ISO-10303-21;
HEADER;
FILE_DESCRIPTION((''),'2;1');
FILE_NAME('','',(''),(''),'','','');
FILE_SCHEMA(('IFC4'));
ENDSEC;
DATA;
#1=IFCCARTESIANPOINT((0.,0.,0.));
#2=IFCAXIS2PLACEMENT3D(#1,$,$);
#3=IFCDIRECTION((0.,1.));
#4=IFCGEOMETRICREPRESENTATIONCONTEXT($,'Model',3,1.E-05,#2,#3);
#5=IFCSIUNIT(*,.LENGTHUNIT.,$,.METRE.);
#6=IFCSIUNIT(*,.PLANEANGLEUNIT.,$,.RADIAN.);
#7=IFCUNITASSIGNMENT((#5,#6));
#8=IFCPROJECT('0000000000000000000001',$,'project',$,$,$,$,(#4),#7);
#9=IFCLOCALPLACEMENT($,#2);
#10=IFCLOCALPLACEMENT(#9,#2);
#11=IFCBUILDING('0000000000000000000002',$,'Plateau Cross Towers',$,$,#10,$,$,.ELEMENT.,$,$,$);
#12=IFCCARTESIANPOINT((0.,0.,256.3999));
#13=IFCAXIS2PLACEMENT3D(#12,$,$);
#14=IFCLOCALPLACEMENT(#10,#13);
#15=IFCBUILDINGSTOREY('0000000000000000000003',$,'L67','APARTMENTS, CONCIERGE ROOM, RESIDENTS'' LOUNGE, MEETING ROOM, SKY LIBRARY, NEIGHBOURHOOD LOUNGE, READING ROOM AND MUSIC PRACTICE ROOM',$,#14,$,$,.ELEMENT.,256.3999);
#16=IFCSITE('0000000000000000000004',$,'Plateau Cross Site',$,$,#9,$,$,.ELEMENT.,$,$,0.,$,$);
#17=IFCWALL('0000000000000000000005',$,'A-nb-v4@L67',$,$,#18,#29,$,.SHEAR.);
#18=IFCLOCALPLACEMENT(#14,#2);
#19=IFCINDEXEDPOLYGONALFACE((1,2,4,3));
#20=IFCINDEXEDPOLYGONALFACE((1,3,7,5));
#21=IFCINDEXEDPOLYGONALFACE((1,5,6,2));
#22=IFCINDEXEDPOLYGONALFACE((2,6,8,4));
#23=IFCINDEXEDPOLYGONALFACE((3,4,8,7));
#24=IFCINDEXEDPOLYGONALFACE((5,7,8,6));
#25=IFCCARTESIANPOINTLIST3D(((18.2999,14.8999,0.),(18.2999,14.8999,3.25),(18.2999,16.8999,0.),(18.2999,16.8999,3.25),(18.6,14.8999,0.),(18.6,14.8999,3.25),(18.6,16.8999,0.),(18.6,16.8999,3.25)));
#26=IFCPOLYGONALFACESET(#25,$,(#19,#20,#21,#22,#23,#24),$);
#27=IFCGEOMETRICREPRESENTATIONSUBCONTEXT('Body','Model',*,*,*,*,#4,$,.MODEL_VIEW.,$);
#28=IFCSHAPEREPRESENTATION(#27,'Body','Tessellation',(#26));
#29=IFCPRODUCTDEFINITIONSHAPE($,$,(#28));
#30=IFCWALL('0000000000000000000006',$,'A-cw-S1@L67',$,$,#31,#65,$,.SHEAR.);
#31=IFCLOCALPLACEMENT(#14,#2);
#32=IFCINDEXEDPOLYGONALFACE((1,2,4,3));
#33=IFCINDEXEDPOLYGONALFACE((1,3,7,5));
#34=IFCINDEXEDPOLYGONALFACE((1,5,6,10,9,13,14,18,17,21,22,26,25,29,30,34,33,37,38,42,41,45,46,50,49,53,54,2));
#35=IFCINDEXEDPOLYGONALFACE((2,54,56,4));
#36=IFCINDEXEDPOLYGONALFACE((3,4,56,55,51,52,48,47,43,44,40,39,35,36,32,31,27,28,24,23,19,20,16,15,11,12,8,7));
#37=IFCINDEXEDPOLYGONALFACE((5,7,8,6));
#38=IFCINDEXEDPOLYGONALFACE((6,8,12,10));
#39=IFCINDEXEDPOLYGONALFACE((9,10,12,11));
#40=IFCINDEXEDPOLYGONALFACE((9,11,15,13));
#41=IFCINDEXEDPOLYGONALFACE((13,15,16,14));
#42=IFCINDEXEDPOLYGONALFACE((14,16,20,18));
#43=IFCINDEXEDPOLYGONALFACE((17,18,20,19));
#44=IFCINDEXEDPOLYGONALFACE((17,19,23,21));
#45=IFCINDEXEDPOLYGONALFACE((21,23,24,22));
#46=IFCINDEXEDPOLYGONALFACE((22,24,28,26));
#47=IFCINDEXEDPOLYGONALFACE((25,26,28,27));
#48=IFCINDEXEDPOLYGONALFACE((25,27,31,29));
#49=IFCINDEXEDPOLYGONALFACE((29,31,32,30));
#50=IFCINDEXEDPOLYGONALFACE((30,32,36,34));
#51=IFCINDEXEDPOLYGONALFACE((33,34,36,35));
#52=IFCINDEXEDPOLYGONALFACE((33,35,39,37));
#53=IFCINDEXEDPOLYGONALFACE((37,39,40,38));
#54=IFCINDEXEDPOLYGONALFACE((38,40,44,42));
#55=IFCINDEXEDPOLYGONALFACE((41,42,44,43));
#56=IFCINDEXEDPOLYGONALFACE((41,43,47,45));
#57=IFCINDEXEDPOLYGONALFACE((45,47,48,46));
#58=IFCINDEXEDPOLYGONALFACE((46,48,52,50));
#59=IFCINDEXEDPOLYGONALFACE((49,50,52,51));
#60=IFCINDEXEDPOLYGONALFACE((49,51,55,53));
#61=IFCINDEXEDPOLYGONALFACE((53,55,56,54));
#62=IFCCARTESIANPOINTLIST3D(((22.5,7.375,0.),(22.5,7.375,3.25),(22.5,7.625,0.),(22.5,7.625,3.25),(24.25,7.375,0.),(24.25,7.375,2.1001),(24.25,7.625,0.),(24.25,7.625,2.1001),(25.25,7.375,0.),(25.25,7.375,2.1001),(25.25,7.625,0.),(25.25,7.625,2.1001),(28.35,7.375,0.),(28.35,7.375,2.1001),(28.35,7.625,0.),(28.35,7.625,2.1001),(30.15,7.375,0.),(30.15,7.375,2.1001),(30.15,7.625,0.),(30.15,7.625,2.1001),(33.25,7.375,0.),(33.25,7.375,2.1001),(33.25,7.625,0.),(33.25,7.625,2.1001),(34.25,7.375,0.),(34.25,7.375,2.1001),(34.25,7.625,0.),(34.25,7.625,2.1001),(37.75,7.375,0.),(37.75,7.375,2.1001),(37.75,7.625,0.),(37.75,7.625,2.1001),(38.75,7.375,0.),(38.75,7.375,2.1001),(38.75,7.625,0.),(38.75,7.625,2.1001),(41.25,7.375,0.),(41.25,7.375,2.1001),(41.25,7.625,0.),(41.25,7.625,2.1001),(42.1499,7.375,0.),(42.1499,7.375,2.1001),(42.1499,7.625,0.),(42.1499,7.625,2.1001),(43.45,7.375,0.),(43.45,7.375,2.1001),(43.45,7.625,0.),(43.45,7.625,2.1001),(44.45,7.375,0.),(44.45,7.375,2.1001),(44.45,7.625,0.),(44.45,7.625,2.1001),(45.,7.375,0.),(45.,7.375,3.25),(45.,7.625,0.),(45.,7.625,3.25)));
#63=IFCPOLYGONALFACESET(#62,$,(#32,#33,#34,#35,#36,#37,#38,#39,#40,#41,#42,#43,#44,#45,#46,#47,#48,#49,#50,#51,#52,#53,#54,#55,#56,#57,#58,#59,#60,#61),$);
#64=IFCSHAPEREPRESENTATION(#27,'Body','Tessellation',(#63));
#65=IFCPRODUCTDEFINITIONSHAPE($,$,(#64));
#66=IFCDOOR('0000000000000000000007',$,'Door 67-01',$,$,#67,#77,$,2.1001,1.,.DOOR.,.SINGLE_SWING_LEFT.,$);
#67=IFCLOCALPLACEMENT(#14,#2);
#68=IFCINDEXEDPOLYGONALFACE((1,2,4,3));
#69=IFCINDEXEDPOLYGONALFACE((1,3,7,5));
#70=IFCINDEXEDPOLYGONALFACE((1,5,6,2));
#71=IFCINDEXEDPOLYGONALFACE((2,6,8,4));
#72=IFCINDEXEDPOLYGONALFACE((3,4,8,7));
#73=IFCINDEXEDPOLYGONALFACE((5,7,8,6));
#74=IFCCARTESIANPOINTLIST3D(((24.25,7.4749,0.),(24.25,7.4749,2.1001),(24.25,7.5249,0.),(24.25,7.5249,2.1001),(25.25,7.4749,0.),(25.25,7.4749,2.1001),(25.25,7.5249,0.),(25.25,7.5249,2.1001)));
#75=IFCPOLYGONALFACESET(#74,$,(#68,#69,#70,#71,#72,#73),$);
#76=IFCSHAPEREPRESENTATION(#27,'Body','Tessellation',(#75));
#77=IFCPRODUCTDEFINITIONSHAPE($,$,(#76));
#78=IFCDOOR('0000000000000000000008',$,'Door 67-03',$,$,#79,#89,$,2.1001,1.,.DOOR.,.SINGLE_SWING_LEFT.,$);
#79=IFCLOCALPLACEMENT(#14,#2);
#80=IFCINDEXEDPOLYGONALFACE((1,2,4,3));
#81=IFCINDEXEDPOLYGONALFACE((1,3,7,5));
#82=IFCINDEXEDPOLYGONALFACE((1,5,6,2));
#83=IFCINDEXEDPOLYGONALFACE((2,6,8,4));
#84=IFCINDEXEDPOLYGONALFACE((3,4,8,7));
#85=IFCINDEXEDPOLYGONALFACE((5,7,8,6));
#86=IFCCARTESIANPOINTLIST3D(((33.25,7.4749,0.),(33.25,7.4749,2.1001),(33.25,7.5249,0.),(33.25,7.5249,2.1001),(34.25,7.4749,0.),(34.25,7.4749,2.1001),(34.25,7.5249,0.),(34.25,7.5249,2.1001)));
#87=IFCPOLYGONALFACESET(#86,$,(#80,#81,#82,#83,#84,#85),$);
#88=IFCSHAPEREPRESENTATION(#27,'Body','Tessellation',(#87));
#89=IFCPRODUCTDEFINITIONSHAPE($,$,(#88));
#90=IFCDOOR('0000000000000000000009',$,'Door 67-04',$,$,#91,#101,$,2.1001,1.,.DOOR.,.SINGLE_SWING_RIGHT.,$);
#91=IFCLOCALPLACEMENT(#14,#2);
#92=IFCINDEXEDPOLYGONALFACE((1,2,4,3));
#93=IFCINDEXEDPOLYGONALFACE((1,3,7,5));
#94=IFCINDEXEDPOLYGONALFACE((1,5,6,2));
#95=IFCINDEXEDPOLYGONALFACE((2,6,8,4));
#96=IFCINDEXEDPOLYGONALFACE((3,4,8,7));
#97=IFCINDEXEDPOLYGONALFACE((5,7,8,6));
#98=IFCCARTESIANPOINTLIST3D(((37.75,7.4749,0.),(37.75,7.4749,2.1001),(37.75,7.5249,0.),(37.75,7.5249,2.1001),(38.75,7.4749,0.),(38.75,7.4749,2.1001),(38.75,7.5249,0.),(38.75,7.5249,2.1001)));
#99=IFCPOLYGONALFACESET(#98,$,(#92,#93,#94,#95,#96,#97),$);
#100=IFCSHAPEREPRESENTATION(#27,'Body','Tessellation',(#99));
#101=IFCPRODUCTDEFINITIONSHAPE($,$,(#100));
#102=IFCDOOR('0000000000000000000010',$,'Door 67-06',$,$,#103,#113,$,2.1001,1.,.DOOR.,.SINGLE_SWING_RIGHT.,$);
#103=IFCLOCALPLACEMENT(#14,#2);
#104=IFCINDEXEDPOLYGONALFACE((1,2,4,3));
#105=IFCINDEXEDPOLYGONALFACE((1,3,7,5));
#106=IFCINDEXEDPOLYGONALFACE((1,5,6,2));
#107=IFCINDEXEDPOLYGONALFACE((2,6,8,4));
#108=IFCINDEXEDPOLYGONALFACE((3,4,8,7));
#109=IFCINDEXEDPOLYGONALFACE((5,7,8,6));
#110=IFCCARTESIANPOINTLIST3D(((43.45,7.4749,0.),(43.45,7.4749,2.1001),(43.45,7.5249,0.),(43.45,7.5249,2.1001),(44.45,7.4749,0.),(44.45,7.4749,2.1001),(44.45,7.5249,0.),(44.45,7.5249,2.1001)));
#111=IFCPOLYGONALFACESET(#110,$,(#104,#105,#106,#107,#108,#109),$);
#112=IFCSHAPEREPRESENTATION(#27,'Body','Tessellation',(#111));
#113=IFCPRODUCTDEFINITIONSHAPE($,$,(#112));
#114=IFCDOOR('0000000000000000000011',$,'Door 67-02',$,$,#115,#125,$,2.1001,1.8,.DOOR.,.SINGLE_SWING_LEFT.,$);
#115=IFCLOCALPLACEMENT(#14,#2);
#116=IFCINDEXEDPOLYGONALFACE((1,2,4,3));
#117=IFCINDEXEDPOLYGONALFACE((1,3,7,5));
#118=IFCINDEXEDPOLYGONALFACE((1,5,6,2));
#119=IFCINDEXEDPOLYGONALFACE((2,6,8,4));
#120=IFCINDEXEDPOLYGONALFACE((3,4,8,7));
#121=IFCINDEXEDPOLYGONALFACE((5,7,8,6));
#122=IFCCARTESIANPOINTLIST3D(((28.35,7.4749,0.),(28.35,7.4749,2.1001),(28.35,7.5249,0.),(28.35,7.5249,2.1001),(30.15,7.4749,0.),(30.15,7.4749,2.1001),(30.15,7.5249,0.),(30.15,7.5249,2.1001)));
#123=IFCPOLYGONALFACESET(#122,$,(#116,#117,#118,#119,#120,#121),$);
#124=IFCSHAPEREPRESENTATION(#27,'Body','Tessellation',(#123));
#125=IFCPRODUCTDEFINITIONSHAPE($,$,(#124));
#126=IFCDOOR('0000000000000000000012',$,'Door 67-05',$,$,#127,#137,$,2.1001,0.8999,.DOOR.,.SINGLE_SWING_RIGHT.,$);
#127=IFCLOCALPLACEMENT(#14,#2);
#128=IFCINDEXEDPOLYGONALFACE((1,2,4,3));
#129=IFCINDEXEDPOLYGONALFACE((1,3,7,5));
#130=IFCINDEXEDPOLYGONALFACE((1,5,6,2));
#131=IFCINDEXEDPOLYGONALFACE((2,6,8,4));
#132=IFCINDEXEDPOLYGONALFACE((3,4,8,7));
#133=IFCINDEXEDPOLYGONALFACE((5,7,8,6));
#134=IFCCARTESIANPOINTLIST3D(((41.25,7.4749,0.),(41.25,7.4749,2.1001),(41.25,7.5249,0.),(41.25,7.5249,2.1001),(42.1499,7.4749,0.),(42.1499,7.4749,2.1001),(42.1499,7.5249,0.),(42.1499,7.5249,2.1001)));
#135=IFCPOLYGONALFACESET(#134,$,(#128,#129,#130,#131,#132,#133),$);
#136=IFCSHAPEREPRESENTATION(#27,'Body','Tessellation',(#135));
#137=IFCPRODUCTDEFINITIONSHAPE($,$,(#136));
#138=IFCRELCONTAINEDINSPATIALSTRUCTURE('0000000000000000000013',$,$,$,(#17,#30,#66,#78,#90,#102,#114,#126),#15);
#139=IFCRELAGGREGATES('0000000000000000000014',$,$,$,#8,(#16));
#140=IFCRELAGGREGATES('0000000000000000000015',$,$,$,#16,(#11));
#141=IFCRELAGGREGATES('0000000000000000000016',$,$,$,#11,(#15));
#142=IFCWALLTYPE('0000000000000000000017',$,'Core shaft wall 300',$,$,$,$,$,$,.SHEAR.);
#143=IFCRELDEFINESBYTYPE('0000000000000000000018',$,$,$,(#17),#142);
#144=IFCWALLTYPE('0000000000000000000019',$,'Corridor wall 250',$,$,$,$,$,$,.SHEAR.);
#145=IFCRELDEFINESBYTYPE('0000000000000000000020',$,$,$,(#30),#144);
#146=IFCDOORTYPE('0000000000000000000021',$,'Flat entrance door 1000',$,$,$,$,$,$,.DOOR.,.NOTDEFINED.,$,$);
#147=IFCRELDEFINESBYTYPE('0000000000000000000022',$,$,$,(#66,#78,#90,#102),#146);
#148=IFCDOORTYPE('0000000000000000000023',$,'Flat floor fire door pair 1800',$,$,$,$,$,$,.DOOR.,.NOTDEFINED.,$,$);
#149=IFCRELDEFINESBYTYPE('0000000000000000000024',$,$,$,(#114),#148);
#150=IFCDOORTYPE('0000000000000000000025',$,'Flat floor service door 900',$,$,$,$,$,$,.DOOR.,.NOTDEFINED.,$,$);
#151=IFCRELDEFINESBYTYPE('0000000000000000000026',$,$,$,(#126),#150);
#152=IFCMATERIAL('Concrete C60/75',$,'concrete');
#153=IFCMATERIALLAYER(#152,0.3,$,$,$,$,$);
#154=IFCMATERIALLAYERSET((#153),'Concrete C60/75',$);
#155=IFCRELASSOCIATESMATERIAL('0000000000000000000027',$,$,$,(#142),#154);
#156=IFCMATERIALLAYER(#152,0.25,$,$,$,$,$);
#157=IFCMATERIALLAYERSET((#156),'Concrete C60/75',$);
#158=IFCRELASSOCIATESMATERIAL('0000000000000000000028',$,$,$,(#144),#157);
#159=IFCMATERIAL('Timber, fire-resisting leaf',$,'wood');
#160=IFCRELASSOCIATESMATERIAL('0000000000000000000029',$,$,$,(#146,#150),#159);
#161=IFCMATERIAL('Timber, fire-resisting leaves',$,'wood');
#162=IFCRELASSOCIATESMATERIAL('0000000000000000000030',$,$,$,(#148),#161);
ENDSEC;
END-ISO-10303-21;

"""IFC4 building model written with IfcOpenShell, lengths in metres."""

from ifc_helpers import new_model, si_unit, direction, frame, frame_2d, origin, place, context, subcontext, project, spatial, rectangle, extrude, material, layer, layer_set, type_object, element, fill, save


model = new_model("IFC4")

# Units and contexts
model_context = context("Model", 3, precision=1e-05, world=origin(), true_north=direction((0.0, 1.0)))
body_context = subcontext(model_context, "Body", "Model", "MODEL_VIEW")
ifc_project = project(units=[si_unit("LENGTHUNIT", "METRE"), si_unit("PLANEANGLEUNIT", "RADIAN")], contexts=[model_context])

# Site, building, storey
site_placement = place(None, origin())
site = spatial("IfcSite", under=ifc_project, at=site_placement, Name="Plateau Cross Site", CompositionType="ELEMENT", RefElevation=0.0)
building_placement = place(site_placement, origin())
building = spatial("IfcBuilding", under=site, at=building_placement, Name="Plateau Cross Towers", CompositionType="ELEMENT")
storey_placement = place(building_placement, frame((0.0, 0.0, 256.3999)))
storey = spatial("IfcBuildingStorey", under=building, at=storey_placement, Name="L67", Description="APARTMENTS, CONCIERGE ROOM, RESIDENTS' LOUNGE, MEETING ROOM, SKY LIBRARY, NEIGHBOURHOOD LOUNGE, READING ROOM AND MUSIC PRACTICE ROOM", CompositionType="ELEMENT", Elevation=256.3999)

# Shared definitions
ifc_material_1 = material(Name="Concrete C60/75", Category="concrete")

# Wall
ifc_layer_1 = layer(ifc_material_1, 0.3)
ifc_layer_set_1 = layer_set([ifc_layer_1], Name="Concrete C60/75")
wall_type_1 = type_object("IfcWallType", Name="Core shaft wall 300", PredefinedType="SHEAR", material=ifc_layer_set_1)
for number, where, z_axis, x_axis, name in (
    (1, (18.45, 14.8999, 0.0), (0.0, 0.0, 1.0), (0.0, 1.0, 0.0), "A-nb-v4@L67"),
):
    element("IfcWall", number, at=place(storey_placement, frame(where, z_axis=z_axis, x_axis=x_axis)), inside=storey, type_object=wall_type_1, Name=name, PredefinedType="SHEAR", context=body_context, shape_type="SweptSolid", body=[
        extrude(rectangle(XDim=2.0, YDim=0.3, at=frame_2d((1.0, 0.0))), origin(), (0.0, 0.0, 1.0), 3.25),
    ])

# Wall, openings, doors
ifc_layer_2 = layer(ifc_material_1, 0.25)
ifc_layer_set_2 = layer_set([ifc_layer_2], Name="Concrete C60/75")
wall_type_2 = type_object("IfcWallType", Name="Corridor wall 250", PredefinedType="SHEAR", material=ifc_layer_set_2)
wall_1_placement = place(storey_placement, frame((22.5, 7.5, 0.0), z_axis=(0.0, 0.0, 1.0), x_axis=(1.0, 0.0, 0.0)))
wall_1 = element("IfcWall", 2, at=wall_1_placement, inside=storey, type_object=wall_type_2, Name="A-cw-S1@L67", PredefinedType="SHEAR", context=body_context, shape_type="SweptSolid", body=[
    extrude(rectangle(XDim=22.5, YDim=0.25, at=frame_2d((11.25, 0.0))), origin(), (0.0, 0.0, 1.0), 3.25),
])
opening_1_placement = place(wall_1_placement, frame((1.75, 0.0, 0.0)))
opening_1 = element("IfcOpeningElement", 3, at=opening_1_placement, cuts=wall_1, PredefinedType="OPENING", context=body_context, shape_type="SweptSolid", body=[
    extrude(rectangle(XDim=1.0, YDim=2.1001, at=frame_2d((0.5, 1.05))), frame((0.0, 0.135, 0.0), z_axis=(0.0, -1.0, 0.0), x_axis=(1.0, 0.0, 0.0)), (0.0, 0.0, 1.0), 0.27),
])
opening_2_placement = place(wall_1_placement, frame((5.8501, 0.0, 0.0)))
opening_2 = element("IfcOpeningElement", 4, at=opening_2_placement, cuts=wall_1, PredefinedType="OPENING", context=body_context, shape_type="SweptSolid", body=[
    extrude(rectangle(XDim=1.8, YDim=2.1001, at=frame_2d((0.8999, 1.05))), frame((0.0, 0.135, 0.0), z_axis=(0.0, -1.0, 0.0), x_axis=(1.0, 0.0, 0.0)), (0.0, 0.0, 1.0), 0.27),
])
opening_3_placement = place(wall_1_placement, frame((10.75, 0.0, 0.0)))
opening_3 = element("IfcOpeningElement", 5, at=opening_3_placement, cuts=wall_1, PredefinedType="OPENING", context=body_context, shape_type="SweptSolid", body=[
    extrude(rectangle(XDim=1.0, YDim=2.1001, at=frame_2d((0.5, 1.05))), frame((0.0, 0.135, 0.0), z_axis=(0.0, -1.0, 0.0), x_axis=(1.0, 0.0, 0.0)), (0.0, 0.0, 1.0), 0.27),
])
opening_4_placement = place(wall_1_placement, frame((15.25, 0.0, 0.0)))
opening_4 = element("IfcOpeningElement", 6, at=opening_4_placement, cuts=wall_1, PredefinedType="OPENING", context=body_context, shape_type="SweptSolid", body=[
    extrude(rectangle(XDim=1.0, YDim=2.1001, at=frame_2d((0.5, 1.05))), frame((0.0, 0.135, 0.0), z_axis=(0.0, -1.0, 0.0), x_axis=(1.0, 0.0, 0.0)), (0.0, 0.0, 1.0), 0.27),
])
opening_5_placement = place(wall_1_placement, frame((18.75, 0.0, 0.0)))
opening_5 = element("IfcOpeningElement", 7, at=opening_5_placement, cuts=wall_1, PredefinedType="OPENING", context=body_context, shape_type="SweptSolid", body=[
    extrude(rectangle(XDim=0.8999, YDim=2.1001, at=frame_2d((0.45, 1.05))), frame((0.0, 0.135, 0.0), z_axis=(0.0, -1.0, 0.0), x_axis=(1.0, 0.0, 0.0)), (0.0, 0.0, 1.0), 0.27),
])
opening_6_placement = place(wall_1_placement, frame((20.95, 0.0, 0.0)))
opening_6 = element("IfcOpeningElement", 8, at=opening_6_placement, cuts=wall_1, PredefinedType="OPENING", context=body_context, shape_type="SweptSolid", body=[
    extrude(rectangle(XDim=1.0, YDim=2.1001, at=frame_2d((0.5, 1.05))), frame((0.0, 0.135, 0.0), z_axis=(0.0, -1.0, 0.0), x_axis=(1.0, 0.0, 0.0)), (0.0, 0.0, 1.0), 0.27),
])
ifc_material_2 = material(Name="Timber, fire-resisting leaf", Category="wood")
door_type_1 = type_object("IfcDoorType", Name="Flat entrance door 1000", OperationType="NOTDEFINED", PredefinedType="DOOR", material=ifc_material_2)
door_1_placement = place(opening_1_placement, origin())
door_1 = element("IfcDoor", 9, at=door_1_placement, inside=storey, type_object=door_type_1, Name="Door 67-01", OperationType="SINGLE_SWING_LEFT", OverallHeight=2.1001, OverallWidth=1.0, PredefinedType="DOOR", context=body_context, shape_type="SweptSolid", body=[
    extrude(rectangle(XDim=1.0, YDim=2.1001, at=frame_2d((0.5, 1.05))), frame((0.0, 0.0249, 0.0), z_axis=(0.0, -1.0, 0.0), x_axis=(1.0, 0.0, 0.0)), (0.0, 0.0, 1.0), 0.05),
])
fill(opening_1, door_1)
door_2_placement = place(opening_3_placement, origin())
door_2 = element("IfcDoor", 10, at=door_2_placement, inside=storey, type_object=door_type_1, Name="Door 67-03", OperationType="SINGLE_SWING_LEFT", OverallHeight=2.1001, OverallWidth=1.0, PredefinedType="DOOR", context=body_context, shape_type="SweptSolid", body=[
    extrude(rectangle(XDim=1.0, YDim=2.1001, at=frame_2d((0.5, 1.05))), frame((0.0, 0.0249, 0.0), z_axis=(0.0, -1.0, 0.0), x_axis=(1.0, 0.0, 0.0)), (0.0, 0.0, 1.0), 0.05),
])
fill(opening_3, door_2)
door_3_placement = place(opening_4_placement, origin())
door_3 = element("IfcDoor", 11, at=door_3_placement, inside=storey, type_object=door_type_1, Name="Door 67-04", OperationType="SINGLE_SWING_RIGHT", OverallHeight=2.1001, OverallWidth=1.0, PredefinedType="DOOR", context=body_context, shape_type="SweptSolid", body=[
    extrude(rectangle(XDim=1.0, YDim=2.1001, at=frame_2d((0.5, 1.05))), frame((0.0, 0.0249, 0.0), z_axis=(0.0, -1.0, 0.0), x_axis=(1.0, 0.0, 0.0)), (0.0, 0.0, 1.0), 0.05),
])
fill(opening_4, door_3)
door_4_placement = place(opening_6_placement, origin())
door_4 = element("IfcDoor", 12, at=door_4_placement, inside=storey, type_object=door_type_1, Name="Door 67-06", OperationType="SINGLE_SWING_RIGHT", OverallHeight=2.1001, OverallWidth=1.0, PredefinedType="DOOR", context=body_context, shape_type="SweptSolid", body=[
    extrude(rectangle(XDim=1.0, YDim=2.1001, at=frame_2d((0.5, 1.05))), frame((0.0, 0.0249, 0.0), z_axis=(0.0, -1.0, 0.0), x_axis=(1.0, 0.0, 0.0)), (0.0, 0.0, 1.0), 0.05),
])
fill(opening_6, door_4)
ifc_material_3 = material(Name="Timber, fire-resisting leaves", Category="wood")
door_type_2 = type_object("IfcDoorType", Name="Flat floor fire door pair 1800", OperationType="NOTDEFINED", PredefinedType="DOOR", material=ifc_material_3)
door_5_placement = place(opening_2_placement, origin())
door_5 = element("IfcDoor", 13, at=door_5_placement, inside=storey, type_object=door_type_2, Name="Door 67-02", OperationType="SINGLE_SWING_LEFT", OverallHeight=2.1001, OverallWidth=1.8, PredefinedType="DOOR", context=body_context, shape_type="SweptSolid", body=[
    extrude(rectangle(XDim=1.8, YDim=2.1001, at=frame_2d((0.8999, 1.05))), frame((0.0, 0.0249, 0.0), z_axis=(0.0, -1.0, 0.0), x_axis=(1.0, 0.0, 0.0)), (0.0, 0.0, 1.0), 0.05),
])
fill(opening_2, door_5)
door_type_3 = type_object("IfcDoorType", Name="Flat floor service door 900", OperationType="NOTDEFINED", PredefinedType="DOOR", material=ifc_material_2)
door_6_placement = place(opening_5_placement, origin())
door_6 = element("IfcDoor", 14, at=door_6_placement, inside=storey, type_object=door_type_3, Name="Door 67-05", OperationType="SINGLE_SWING_RIGHT", OverallHeight=2.1001, OverallWidth=0.8999, PredefinedType="DOOR", context=body_context, shape_type="SweptSolid", body=[
    extrude(rectangle(XDim=0.8999, YDim=2.1001, at=frame_2d((0.45, 1.05))), frame((0.0, 0.0249, 0.0), z_axis=(0.0, -1.0, 0.0), x_axis=(1.0, 0.0, 0.0)), (0.0, 0.0, 1.0), 0.05),
])
fill(opening_5, door_6)

save(model, "model.ifc")
